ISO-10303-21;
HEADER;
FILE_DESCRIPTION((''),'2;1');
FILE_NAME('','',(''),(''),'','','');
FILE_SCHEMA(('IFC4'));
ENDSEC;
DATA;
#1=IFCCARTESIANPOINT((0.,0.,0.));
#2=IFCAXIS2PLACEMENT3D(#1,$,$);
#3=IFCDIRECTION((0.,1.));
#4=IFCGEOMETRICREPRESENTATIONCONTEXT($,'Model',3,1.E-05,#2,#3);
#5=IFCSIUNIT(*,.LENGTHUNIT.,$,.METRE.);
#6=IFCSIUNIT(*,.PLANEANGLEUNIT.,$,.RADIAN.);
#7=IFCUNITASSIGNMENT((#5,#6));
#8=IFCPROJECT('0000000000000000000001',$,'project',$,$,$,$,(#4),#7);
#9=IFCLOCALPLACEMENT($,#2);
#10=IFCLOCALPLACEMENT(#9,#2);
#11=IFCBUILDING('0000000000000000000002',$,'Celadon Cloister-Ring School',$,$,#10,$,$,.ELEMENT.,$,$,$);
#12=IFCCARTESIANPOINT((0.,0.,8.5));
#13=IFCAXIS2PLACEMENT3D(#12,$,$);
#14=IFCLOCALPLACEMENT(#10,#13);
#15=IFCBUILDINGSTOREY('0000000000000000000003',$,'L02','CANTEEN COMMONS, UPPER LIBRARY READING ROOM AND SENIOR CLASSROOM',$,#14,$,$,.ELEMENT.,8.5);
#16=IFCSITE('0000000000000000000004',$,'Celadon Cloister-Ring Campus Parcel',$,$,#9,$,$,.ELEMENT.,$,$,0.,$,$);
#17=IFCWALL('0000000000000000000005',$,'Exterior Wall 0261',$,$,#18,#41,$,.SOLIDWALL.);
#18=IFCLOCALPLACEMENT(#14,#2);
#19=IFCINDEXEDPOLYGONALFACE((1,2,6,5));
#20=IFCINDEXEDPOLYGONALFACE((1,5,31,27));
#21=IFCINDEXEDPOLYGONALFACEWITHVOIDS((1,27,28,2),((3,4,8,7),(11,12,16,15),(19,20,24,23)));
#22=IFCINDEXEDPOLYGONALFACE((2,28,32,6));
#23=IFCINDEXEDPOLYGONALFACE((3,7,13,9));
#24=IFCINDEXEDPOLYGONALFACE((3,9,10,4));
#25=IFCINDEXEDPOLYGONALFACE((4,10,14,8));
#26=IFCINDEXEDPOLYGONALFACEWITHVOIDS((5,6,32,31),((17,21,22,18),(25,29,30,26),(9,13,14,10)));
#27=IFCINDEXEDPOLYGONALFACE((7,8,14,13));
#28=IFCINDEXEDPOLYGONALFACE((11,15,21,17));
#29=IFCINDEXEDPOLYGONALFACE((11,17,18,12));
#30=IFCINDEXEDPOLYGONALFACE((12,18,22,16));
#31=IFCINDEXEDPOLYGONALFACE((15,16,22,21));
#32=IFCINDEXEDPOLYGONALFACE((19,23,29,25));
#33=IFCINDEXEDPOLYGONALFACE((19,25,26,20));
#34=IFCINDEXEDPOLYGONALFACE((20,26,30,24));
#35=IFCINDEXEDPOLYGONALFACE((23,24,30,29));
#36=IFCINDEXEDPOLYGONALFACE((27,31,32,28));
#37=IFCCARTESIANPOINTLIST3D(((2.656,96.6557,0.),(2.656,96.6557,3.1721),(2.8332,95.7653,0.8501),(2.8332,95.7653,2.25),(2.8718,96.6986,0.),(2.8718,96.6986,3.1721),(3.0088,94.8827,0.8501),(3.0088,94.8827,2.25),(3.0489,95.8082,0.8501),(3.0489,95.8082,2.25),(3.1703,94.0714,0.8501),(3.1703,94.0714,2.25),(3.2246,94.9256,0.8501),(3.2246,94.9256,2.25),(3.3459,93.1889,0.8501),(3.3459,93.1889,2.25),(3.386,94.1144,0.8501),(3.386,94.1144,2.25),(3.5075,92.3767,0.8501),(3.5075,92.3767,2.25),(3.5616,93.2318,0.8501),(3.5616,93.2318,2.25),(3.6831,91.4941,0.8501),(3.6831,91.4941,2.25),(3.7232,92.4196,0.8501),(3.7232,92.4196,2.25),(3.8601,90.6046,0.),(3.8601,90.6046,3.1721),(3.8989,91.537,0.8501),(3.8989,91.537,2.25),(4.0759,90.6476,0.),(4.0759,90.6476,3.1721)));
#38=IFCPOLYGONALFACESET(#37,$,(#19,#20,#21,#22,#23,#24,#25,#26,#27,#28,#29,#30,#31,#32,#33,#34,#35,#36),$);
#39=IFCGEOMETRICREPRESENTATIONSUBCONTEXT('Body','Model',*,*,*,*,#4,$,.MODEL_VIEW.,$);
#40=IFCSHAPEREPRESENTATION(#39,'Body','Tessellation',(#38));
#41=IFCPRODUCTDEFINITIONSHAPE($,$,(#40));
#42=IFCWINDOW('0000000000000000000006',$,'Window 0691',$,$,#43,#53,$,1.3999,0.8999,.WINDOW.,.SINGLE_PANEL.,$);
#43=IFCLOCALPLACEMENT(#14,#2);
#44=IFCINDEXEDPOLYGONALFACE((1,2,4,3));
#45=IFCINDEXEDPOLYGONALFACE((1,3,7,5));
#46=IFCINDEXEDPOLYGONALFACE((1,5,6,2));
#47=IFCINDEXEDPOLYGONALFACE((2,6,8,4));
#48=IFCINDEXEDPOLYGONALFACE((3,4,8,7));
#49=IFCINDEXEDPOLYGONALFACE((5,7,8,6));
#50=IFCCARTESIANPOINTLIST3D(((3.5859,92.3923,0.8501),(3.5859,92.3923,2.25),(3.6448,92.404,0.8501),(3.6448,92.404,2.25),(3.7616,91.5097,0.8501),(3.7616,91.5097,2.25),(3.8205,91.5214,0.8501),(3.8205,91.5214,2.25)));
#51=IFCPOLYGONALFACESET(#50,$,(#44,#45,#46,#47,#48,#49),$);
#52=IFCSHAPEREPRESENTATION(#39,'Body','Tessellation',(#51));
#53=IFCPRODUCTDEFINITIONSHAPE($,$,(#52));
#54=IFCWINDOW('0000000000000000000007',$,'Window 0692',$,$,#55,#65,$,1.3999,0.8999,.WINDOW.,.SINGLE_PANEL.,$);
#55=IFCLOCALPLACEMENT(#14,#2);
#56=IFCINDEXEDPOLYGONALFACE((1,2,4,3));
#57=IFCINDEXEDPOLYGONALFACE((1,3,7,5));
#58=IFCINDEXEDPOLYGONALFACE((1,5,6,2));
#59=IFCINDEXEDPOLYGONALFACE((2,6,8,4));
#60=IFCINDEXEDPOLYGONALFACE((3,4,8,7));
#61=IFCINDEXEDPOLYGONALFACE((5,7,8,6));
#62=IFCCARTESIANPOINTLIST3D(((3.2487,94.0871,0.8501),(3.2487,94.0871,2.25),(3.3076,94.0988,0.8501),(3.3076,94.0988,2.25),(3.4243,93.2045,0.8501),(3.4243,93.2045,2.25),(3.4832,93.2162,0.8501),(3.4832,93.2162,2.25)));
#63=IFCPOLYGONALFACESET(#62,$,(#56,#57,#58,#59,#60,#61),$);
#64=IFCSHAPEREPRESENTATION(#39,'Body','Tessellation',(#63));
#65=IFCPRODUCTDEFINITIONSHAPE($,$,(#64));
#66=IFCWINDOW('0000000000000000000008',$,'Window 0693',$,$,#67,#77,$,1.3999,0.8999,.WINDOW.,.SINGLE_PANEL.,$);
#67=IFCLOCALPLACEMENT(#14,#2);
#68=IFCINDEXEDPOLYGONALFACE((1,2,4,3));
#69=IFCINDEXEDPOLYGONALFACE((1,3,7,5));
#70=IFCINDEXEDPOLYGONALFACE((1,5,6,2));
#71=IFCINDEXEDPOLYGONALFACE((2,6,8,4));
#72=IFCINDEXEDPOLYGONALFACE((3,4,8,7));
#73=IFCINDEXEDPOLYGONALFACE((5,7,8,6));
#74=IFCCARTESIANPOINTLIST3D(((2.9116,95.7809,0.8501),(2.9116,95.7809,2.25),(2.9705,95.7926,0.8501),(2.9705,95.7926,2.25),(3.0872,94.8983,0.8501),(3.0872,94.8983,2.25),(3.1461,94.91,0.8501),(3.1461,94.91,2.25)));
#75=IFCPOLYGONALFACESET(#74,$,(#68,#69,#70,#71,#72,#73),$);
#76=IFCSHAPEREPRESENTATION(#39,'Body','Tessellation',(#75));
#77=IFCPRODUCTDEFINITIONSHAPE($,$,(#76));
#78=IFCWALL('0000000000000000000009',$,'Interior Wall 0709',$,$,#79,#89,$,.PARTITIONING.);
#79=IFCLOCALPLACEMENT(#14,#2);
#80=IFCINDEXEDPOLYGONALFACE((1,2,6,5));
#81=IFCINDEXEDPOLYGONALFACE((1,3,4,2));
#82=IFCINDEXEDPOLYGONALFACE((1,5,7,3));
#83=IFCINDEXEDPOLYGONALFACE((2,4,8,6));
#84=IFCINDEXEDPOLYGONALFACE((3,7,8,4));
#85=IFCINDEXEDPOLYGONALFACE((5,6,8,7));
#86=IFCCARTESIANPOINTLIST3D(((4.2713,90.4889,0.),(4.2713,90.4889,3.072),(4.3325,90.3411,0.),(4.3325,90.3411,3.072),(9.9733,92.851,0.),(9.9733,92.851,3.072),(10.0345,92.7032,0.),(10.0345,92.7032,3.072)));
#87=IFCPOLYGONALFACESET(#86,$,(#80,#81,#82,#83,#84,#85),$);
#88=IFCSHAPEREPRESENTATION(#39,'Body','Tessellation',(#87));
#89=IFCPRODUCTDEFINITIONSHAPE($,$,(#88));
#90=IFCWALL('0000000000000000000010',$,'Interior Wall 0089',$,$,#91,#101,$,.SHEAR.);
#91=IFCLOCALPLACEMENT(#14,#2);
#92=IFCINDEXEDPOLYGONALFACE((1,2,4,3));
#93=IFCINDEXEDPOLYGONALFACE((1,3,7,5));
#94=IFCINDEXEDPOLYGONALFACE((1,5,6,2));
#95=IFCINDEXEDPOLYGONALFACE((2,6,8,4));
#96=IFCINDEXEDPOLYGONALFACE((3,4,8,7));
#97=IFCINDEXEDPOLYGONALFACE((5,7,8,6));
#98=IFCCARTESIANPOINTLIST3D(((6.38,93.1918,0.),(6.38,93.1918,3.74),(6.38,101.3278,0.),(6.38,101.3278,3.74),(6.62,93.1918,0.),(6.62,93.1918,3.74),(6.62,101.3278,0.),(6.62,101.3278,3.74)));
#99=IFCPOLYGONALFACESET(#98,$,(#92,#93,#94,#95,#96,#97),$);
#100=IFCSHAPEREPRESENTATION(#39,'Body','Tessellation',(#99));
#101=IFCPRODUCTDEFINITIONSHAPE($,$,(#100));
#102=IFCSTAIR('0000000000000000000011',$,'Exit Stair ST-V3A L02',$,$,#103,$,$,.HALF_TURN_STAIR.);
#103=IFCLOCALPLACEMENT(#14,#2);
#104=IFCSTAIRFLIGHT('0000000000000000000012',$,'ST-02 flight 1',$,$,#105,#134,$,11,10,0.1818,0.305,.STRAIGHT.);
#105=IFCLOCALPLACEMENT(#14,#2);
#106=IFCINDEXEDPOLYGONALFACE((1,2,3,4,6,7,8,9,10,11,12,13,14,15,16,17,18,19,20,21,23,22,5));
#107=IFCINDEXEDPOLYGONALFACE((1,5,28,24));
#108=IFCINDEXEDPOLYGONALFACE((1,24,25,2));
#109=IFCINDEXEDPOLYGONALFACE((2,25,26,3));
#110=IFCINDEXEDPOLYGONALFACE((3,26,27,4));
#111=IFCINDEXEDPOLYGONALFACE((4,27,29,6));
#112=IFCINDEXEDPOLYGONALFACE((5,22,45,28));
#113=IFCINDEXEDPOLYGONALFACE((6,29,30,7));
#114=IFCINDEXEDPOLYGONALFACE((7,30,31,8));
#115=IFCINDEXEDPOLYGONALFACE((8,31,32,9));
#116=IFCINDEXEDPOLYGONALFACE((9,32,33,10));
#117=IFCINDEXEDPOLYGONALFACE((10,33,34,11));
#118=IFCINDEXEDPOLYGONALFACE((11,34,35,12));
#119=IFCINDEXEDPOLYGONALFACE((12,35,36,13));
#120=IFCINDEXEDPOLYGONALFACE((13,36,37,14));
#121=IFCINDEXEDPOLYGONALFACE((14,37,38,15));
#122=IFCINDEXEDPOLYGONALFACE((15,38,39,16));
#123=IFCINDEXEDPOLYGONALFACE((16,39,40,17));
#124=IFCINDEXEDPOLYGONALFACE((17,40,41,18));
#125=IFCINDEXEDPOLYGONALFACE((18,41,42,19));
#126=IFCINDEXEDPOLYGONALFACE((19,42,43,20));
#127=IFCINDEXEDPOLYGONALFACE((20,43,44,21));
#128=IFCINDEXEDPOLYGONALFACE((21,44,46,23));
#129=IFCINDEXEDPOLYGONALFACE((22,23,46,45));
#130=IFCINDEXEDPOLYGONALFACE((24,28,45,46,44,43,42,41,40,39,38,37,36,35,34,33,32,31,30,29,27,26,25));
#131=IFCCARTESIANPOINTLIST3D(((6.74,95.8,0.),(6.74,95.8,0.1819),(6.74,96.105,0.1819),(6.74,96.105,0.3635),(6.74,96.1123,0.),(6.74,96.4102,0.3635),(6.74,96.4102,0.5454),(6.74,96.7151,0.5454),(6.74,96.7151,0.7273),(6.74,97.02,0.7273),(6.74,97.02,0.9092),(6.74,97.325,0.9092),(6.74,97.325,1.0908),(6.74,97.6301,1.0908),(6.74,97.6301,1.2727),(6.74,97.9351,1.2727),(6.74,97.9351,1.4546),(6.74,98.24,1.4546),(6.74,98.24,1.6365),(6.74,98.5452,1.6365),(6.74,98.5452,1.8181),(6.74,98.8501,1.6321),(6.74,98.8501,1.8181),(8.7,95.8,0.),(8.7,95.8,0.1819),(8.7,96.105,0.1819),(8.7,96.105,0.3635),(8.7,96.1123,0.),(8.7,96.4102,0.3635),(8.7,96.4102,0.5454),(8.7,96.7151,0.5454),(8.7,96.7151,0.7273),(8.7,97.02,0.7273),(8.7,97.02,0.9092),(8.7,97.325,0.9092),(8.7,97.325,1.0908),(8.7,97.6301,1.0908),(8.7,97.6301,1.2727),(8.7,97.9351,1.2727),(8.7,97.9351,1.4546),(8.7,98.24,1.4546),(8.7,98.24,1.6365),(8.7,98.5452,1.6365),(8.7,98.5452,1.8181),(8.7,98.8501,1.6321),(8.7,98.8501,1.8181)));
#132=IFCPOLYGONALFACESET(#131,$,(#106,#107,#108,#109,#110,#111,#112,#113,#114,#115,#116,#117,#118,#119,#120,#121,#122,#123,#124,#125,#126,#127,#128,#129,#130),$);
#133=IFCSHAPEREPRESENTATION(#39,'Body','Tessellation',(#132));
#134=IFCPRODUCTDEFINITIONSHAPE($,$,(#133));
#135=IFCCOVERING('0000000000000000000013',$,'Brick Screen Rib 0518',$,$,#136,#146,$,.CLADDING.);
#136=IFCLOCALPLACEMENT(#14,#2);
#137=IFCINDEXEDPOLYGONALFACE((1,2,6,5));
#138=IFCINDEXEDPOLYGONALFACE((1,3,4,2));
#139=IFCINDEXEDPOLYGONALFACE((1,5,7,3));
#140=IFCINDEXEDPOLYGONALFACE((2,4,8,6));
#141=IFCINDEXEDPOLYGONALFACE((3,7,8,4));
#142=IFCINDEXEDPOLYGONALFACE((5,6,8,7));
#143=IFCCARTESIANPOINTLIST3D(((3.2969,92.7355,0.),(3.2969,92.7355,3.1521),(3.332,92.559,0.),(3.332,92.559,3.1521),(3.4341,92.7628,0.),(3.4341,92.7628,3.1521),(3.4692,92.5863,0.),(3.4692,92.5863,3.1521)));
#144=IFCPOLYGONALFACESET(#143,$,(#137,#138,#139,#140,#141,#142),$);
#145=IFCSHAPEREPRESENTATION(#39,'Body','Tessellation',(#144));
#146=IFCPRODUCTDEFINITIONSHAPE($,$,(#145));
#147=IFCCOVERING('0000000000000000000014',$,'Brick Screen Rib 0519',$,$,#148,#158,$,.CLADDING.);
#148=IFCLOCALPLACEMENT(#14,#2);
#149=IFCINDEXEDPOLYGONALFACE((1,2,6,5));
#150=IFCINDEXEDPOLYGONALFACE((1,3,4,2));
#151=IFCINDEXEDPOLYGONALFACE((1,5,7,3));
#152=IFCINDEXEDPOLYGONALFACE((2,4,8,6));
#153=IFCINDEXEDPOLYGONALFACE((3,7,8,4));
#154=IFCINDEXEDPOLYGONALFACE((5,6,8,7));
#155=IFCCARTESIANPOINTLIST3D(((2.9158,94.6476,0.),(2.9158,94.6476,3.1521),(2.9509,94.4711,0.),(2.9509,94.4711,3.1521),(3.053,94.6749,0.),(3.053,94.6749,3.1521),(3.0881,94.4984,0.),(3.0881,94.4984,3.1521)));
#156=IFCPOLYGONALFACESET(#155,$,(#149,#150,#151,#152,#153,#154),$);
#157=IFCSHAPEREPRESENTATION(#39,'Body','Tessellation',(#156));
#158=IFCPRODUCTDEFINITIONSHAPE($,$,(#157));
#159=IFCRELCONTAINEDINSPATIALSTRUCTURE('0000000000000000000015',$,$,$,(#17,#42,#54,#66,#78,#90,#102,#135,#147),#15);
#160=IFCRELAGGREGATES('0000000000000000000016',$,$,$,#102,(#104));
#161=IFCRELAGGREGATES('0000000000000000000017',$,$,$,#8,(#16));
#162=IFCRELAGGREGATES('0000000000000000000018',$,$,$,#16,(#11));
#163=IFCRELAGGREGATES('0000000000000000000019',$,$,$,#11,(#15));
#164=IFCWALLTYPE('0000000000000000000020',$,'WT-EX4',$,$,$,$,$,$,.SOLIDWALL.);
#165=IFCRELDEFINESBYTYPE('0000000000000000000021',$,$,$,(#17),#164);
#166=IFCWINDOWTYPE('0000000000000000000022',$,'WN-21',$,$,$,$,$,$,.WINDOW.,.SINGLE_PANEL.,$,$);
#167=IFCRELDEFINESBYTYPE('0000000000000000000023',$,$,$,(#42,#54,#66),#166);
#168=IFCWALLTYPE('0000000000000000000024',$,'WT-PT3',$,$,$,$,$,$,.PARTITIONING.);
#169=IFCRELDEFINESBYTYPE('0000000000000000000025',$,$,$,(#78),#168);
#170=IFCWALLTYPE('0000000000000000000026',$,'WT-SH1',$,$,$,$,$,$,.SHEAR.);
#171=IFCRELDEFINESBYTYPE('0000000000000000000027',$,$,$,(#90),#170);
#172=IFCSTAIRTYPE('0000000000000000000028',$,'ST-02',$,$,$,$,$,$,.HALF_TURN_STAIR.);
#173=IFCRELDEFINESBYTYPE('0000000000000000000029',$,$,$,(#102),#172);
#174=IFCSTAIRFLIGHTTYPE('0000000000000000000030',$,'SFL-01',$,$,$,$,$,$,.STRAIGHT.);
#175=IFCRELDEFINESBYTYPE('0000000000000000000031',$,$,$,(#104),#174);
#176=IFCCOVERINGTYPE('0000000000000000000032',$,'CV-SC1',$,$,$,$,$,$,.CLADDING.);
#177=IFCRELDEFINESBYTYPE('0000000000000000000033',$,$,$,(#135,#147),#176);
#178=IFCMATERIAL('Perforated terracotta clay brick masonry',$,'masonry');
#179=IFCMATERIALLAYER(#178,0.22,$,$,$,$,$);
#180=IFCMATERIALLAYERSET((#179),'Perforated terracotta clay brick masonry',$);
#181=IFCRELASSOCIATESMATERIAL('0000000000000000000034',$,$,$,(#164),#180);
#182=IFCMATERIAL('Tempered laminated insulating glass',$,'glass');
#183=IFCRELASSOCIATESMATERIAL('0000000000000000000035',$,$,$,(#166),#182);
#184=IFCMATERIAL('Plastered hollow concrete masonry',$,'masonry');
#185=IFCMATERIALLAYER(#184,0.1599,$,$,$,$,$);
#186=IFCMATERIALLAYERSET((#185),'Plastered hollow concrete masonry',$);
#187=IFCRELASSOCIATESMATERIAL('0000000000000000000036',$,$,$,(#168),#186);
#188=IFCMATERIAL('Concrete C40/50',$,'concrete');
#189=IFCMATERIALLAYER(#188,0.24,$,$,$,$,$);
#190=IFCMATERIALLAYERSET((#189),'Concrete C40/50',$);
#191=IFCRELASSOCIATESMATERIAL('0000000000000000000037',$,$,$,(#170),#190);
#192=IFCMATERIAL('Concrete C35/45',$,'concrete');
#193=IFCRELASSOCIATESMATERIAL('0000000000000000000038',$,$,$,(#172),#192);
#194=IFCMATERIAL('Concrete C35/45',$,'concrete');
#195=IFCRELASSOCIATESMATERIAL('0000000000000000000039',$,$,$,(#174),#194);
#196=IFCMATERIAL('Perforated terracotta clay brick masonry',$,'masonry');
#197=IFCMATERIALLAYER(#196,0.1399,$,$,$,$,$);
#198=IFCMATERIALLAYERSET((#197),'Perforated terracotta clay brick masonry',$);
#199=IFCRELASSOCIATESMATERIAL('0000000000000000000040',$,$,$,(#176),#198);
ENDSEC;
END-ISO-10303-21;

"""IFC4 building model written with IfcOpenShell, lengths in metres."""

from ifc_helpers import new_model, si_unit, direction, frame, frame_2d, origin, origin_2d, place, context, subcontext, project, spatial, polyline, rectangle, outline, extrude, material, layer, layer_set, type_object, element, fill, aggregate, save


model = new_model("IFC4")

# Units and contexts
model_context = context("Model", 3, precision=1e-05, world=origin(), true_north=direction((0.0, 1.0)))
body_context = subcontext(model_context, "Body", "Model", "MODEL_VIEW")
ifc_project = project(units=[si_unit("LENGTHUNIT", "METRE"), si_unit("PLANEANGLEUNIT", "RADIAN")], contexts=[model_context])

# Site, building, storey
site_placement = place(None, origin())
site = spatial("IfcSite", under=ifc_project, at=site_placement, Name="Celadon Cloister-Ring Campus Parcel", CompositionType="ELEMENT", RefElevation=0.0)
building_placement = place(site_placement, origin())
building = spatial("IfcBuilding", under=site, at=building_placement, Name="Celadon Cloister-Ring School", CompositionType="ELEMENT")
storey_placement = place(building_placement, frame((0.0, 0.0, 8.5)))
storey = spatial("IfcBuildingStorey", under=building, at=storey_placement, Name="L02", Description="CANTEEN COMMONS, UPPER LIBRARY READING ROOM AND SENIOR CLASSROOM", CompositionType="ELEMENT", Elevation=8.5)

# Wall, openings, windows
ifc_material_1 = material(Name="Perforated terracotta clay brick masonry", Category="masonry")
ifc_layer_1 = layer(ifc_material_1, 0.22)
ifc_layer_set_1 = layer_set([ifc_layer_1], Name="Perforated terracotta clay brick masonry")
wall_type_1 = type_object("IfcWallType", Name="WT-EX4", PredefinedType="SOLIDWALL", material=ifc_layer_set_1)
ifc_material_2 = material(Name="Tempered laminated insulating glass", Category="glass")
window_type = type_object("IfcWindowType", Name="WN-21", PartitioningType="SINGLE_PANEL", PredefinedType="WINDOW", material=ifc_material_2)
wall_1_placement = place(storey_placement, frame((3.968, 90.626, 0.0), z_axis=(0.0, 0.0, 1.0), x_axis=(-0.195165, 0.98077, 0.0)))
wall_1 = element("IfcWall", 1, at=wall_1_placement, inside=storey, type_object=wall_type_1, Name="Exterior Wall 0261", PredefinedType="SOLIDWALL", context=body_context, shape_type="SweptSolid", body=[
    extrude(rectangle(XDim=6.1697, YDim=0.22, at=frame_2d((3.085, 0.0))), origin(), (0.0, 0.0, 1.0), 3.1721),
])
opening_1_placement = place(wall_1_placement, frame((0.907, 0.0, 0.8501)))
opening_1 = element("IfcOpeningElement", 2, at=opening_1_placement, cuts=wall_1, PredefinedType="OPENING", context=body_context, shape_type="SweptSolid", body=[
    extrude(rectangle(XDim=0.8999, YDim=1.3999, at=frame_2d((0.45, 0.7))), frame((0.0, 0.1201, 0.0), z_axis=(0.0, -1.0, 0.0), x_axis=(1.0, 0.0, 0.0)), (0.0, 0.0, 1.0), 0.24),
])
opening_2_placement = place(wall_1_placement, frame((2.635, 0.0, 0.8501)))
opening_2 = element("IfcOpeningElement", 3, at=opening_2_placement, cuts=wall_1, PredefinedType="OPENING", context=body_context, shape_type="SweptSolid", body=[
    extrude(rectangle(XDim=0.8999, YDim=1.3999, at=frame_2d((0.45, 0.7))), frame((0.0, 0.1201, 0.0), z_axis=(0.0, -1.0, 0.0), x_axis=(1.0, 0.0, 0.0)), (0.0, 0.0, 1.0), 0.24),
])
opening_3_placement = place(wall_1_placement, frame((4.3621, 0.0, 0.8501)))
opening_3 = element("IfcOpeningElement", 4, at=opening_3_placement, cuts=wall_1, PredefinedType="OPENING", context=body_context, shape_type="SweptSolid", body=[
    extrude(rectangle(XDim=0.8999, YDim=1.3999, at=frame_2d((0.45, 0.7))), frame((0.0, 0.1201, 0.0), z_axis=(0.0, -1.0, 0.0), x_axis=(1.0, 0.0, 0.0)), (0.0, 0.0, 1.0), 0.24),
])
window_1_placement = place(opening_1_placement, origin())
window_1 = element("IfcWindow", 5, at=window_1_placement, inside=storey, type_object=window_type, Name="Window 0691", OverallHeight=1.3999, OverallWidth=0.8999, PartitioningType="SINGLE_PANEL", PredefinedType="WINDOW", context=body_context, shape_type="SweptSolid", body=[
    extrude(rectangle(XDim=0.8999, YDim=1.3999, at=frame_2d((0.45, 0.7))), frame((0.0, 0.03, 0.0), z_axis=(0.0, -1.0, 0.0), x_axis=(1.0, 0.0, 0.0)), (0.0, 0.0, 1.0), 0.0601),
])
fill(opening_1, window_1)
window_2_placement = place(opening_2_placement, origin())
window_2 = element("IfcWindow", 6, at=window_2_placement, inside=storey, type_object=window_type, Name="Window 0692", OverallHeight=1.3999, OverallWidth=0.8999, PartitioningType="SINGLE_PANEL", PredefinedType="WINDOW", context=body_context, shape_type="SweptSolid", body=[
    extrude(rectangle(XDim=0.8999, YDim=1.3999, at=frame_2d((0.45, 0.7))), frame((0.0, 0.03, 0.0), z_axis=(0.0, -1.0, 0.0), x_axis=(1.0, 0.0, 0.0)), (0.0, 0.0, 1.0), 0.0601),
])
fill(opening_2, window_2)
window_3_placement = place(opening_3_placement, origin())
window_3 = element("IfcWindow", 7, at=window_3_placement, inside=storey, type_object=window_type, Name="Window 0693", OverallHeight=1.3999, OverallWidth=0.8999, PartitioningType="SINGLE_PANEL", PredefinedType="WINDOW", context=body_context, shape_type="SweptSolid", body=[
    extrude(rectangle(XDim=0.8999, YDim=1.3999, at=frame_2d((0.45, 0.7))), frame((0.0, 0.03, 0.0), z_axis=(0.0, -1.0, 0.0), x_axis=(1.0, 0.0, 0.0)), (0.0, 0.0, 1.0), 0.0601),
])
fill(opening_3, window_3)

# Walls
ifc_material_3 = material(Name="Plastered hollow concrete masonry", Category="masonry")
ifc_layer_2 = layer(ifc_material_3, 0.1599)
ifc_layer_set_2 = layer_set([ifc_layer_2], Name="Plastered hollow concrete masonry")
wall_type_2 = type_object("IfcWallType", Name="WT-PT3", PredefinedType="PARTITIONING", material=ifc_layer_set_2)
wall_2_placement = place(storey_placement, frame((10.0039, 92.7771, 0.0), z_axis=(0.0, 0.0, 1.0), x_axis=(-0.923865, -0.382719, 0.0)))
element("IfcWall", 8, at=wall_2_placement, inside=storey, type_object=wall_type_2, Name="Interior Wall 0709", PredefinedType="PARTITIONING", context=body_context, shape_type="SweptSolid", body=[
    extrude(rectangle(XDim=6.1719, YDim=0.1599, at=frame_2d((3.0859, 0.0))), origin(), (0.0, 0.0, 1.0), 3.072),
])
ifc_material_4 = material(Name="Concrete C40/50", Category="concrete")
ifc_layer_3 = layer(ifc_material_4, 0.24)
ifc_layer_set_3 = layer_set([ifc_layer_3], Name="Concrete C40/50")
wall_type_3 = type_object("IfcWallType", Name="WT-SH1", PredefinedType="SHEAR", material=ifc_layer_set_3)
wall_3_placement = place(storey_placement, frame((6.5, 93.1919, 0.0), z_axis=(0.0, 0.0, 1.0), x_axis=(0.0, 1.0, 0.0)))
element("IfcWall", 9, at=wall_3_placement, inside=storey, type_object=wall_type_3, Name="Interior Wall 0089", PredefinedType="SHEAR", context=body_context, shape_type="SweptSolid", body=[
    extrude(rectangle(XDim=8.136, YDim=0.24, at=frame_2d((4.0679, 0.0))), origin(), (0.0, 0.0, 1.0), 3.74),
])

# Stair, stair flight
ifc_material_5 = material(Name="Concrete C35/45", Category="concrete")
stair_type = type_object("IfcStairType", Name="ST-02", PredefinedType="HALF_TURN_STAIR", material=ifc_material_5)
stair_placement = place(storey_placement, origin())
stair = element("IfcStair", 10, at=stair_placement, inside=storey, type_object=stair_type, Name="Exit Stair ST-V3A L02", PredefinedType="HALF_TURN_STAIR")
ifc_material_6 = material(Name="Concrete C35/45", Category="concrete")
stair_flight_type = type_object("IfcStairFlightType", Name="SFL-01", PredefinedType="STRAIGHT", material=ifc_material_6)
stair_flight_placement = place(storey_placement, frame((7.72, 95.8, 0.0), z_axis=(0.0, 0.0, 1.0), x_axis=(0.0, 1.0, 0.0)))
stair_flight = element("IfcStairFlight", 11, at=stair_flight_placement, type_object=stair_flight_type, Name="ST-02 flight 1", NumberOfRisers=11, NumberOfTreads=10, PredefinedType="STRAIGHT", RiserHeight=0.1818, TreadLength=0.305, context=body_context, shape_type="SweptSolid", body=[
    extrude(outline(polyline([(0.0, 0.0), (0.0, 0.1819), (0.3049, 0.1819), (0.3049, 0.3635), (0.6101, 0.3635), (0.6101, 0.5454), (0.915, 0.5454), (0.915, 0.7273), (1.22, 0.7273), (1.22, 0.9092), (1.5249, 0.9092), (1.5249, 1.0908), (1.8301, 1.0908), (1.8301, 1.2727), (2.135, 1.2727), (2.135, 1.4546), (2.4399, 1.4546), (2.4399, 1.6365), (2.7451, 1.6365), (2.7451, 1.8181), (3.05, 1.8181), (3.05, 2.0), (3.05, 1.6321), (0.3123, 0.0), (0.0, 0.0)])), frame((0.0, 0.98, 0.0), z_axis=(0.0, -1.0, 0.0), x_axis=(1.0, 0.0, 0.0)), (0.0, 0.0, 1.0), 1.96),
])
aggregate(stair, [stair_flight])

# Coverings
ifc_material_7 = material(Name="Perforated terracotta clay brick masonry", Category="masonry")
ifc_layer_4 = layer(ifc_material_7, 0.1399)
ifc_layer_set_4 = layer_set([ifc_layer_4], Name="Perforated terracotta clay brick masonry")
covering_type = type_object("IfcCoveringType", Name="CV-SC1", PredefinedType="CLADDING", material=ifc_layer_set_4)
for number, where, z_axis, x_axis, name in (
    (12, (3.3831, 92.6609, 0.0), (0.0, 0.0, 1.0), (-0.195142, 0.980775, 0.0), "Brick Screen Rib 0518"),
    (13, (3.002, 94.573, 0.0), (0.0, 0.0, 1.0), (-0.195142, 0.980775, 0.0), "Brick Screen Rib 0519"),
):
    element("IfcCovering", number, at=place(storey_placement, frame(where, z_axis=z_axis, x_axis=x_axis)), inside=storey, type_object=covering_type, Name=name, PredefinedType="CLADDING", context=body_context, shape_type="SweptSolid", body=[
        extrude(rectangle(XDim=0.1799, YDim=0.1399, at=origin_2d()), origin(), (0.0, 0.0, 1.0), 3.1521),
    ])

save(model, "model.ifc")
